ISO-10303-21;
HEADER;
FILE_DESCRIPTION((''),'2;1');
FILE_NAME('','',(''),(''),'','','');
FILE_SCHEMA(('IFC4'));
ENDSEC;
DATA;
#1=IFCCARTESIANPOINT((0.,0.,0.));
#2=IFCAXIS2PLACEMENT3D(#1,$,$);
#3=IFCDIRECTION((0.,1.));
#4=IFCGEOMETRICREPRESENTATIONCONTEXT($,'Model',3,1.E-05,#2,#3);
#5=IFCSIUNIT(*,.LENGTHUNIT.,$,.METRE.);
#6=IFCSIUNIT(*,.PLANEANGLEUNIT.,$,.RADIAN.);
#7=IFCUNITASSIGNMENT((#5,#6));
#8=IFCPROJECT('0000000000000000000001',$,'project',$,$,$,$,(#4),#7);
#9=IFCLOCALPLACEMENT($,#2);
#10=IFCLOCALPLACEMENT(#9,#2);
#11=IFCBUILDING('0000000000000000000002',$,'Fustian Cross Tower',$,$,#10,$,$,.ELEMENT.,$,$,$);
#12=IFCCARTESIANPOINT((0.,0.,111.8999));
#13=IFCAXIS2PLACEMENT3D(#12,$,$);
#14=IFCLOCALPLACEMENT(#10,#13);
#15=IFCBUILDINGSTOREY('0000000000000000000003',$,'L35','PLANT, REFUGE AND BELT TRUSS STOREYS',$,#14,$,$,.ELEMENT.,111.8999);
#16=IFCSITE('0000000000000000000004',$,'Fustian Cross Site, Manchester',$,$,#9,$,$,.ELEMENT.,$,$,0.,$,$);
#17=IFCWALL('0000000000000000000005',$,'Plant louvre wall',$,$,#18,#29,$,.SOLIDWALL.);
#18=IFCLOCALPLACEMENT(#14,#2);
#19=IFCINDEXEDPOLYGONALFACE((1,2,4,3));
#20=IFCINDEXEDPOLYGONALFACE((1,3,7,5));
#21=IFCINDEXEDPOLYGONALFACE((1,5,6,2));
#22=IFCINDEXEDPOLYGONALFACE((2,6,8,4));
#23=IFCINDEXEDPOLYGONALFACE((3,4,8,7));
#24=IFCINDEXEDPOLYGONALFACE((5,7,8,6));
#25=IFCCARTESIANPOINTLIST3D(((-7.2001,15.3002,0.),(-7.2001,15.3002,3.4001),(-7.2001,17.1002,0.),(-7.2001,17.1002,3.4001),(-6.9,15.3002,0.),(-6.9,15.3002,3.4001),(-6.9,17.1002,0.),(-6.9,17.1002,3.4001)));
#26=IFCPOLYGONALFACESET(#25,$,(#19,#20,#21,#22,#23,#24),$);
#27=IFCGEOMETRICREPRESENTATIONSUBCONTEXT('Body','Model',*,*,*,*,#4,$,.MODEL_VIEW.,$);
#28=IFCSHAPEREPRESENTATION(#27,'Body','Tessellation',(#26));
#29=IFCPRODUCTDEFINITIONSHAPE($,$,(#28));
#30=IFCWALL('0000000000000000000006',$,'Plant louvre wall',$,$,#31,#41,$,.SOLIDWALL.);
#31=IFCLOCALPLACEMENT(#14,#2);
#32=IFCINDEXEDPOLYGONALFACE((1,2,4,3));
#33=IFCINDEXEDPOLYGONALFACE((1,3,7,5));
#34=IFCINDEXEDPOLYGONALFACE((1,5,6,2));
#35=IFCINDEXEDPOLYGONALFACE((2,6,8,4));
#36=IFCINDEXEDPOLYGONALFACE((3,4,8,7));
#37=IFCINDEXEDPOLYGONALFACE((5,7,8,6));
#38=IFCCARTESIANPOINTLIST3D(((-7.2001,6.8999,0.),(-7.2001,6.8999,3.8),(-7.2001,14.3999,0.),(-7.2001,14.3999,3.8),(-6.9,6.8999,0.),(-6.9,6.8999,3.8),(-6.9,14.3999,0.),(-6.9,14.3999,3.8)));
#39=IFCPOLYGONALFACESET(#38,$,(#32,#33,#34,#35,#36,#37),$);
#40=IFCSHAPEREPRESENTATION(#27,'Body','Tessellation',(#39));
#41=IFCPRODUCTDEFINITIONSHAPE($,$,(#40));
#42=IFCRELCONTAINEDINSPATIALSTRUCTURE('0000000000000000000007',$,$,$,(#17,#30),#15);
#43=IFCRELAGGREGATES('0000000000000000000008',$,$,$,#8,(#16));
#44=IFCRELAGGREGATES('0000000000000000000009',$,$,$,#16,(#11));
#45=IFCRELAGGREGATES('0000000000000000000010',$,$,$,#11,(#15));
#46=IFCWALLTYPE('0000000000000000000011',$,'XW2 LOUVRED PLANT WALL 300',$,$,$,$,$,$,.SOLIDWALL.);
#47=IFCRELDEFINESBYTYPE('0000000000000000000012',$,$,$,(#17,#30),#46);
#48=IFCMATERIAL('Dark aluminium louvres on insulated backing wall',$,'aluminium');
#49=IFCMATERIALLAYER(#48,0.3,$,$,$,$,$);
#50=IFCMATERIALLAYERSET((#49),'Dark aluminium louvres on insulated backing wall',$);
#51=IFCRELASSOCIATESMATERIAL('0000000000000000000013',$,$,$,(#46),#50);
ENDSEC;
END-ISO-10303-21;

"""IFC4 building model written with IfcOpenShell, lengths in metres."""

from ifc_helpers import new_model, si_unit, direction, frame, frame_2d, origin, place, context, subcontext, project, spatial, rectangle, extrude, material, layer, layer_set, type_object, element, save


model = new_model("IFC4")

# Units and contexts
model_context = context("Model", 3, precision=1e-05, world=origin(), true_north=direction((0.0, 1.0)))
body_context = subcontext(model_context, "Body", "Model", "MODEL_VIEW")
ifc_project = project(units=[si_unit("LENGTHUNIT", "METRE"), si_unit("PLANEANGLEUNIT", "RADIAN")], contexts=[model_context])

# Site, building, storey
site_placement = place(None, origin())
site = spatial("IfcSite", under=ifc_project, at=site_placement, Name="Fustian Cross Site, Manchester", CompositionType="ELEMENT", RefElevation=0.0)
building_placement = place(site_placement, origin())
building = spatial("IfcBuilding", under=site, at=building_placement, Name="Fustian Cross Tower", CompositionType="ELEMENT")
storey_placement = place(building_placement, frame((0.0, 0.0, 111.8999)))
storey = spatial("IfcBuildingStorey", under=building, at=storey_placement, Name="L35", Description="PLANT, REFUGE AND BELT TRUSS STOREYS", CompositionType="ELEMENT", Elevation=111.8999)

# Walls
ifc_material_1 = material(Name="Dark aluminium louvres on insulated backing wall", Category="aluminium")
ifc_layer_1 = layer(ifc_material_1, 0.3)
ifc_layer_set_1 = layer_set([ifc_layer_1], Name="Dark aluminium louvres on insulated backing wall")
wall_type_1 = type_object("IfcWallType", Name="XW2 LOUVRED PLANT WALL 300", PredefinedType="SOLIDWALL", material=ifc_layer_set_1)
wall_1_placement = place(storey_placement, frame((-7.05, 17.1001, 0.0), z_axis=(0.0, 0.0, 1.0), x_axis=(0.0, -1.0, 0.0)))
element("IfcWall", 1, at=wall_1_placement, inside=storey, type_object=wall_type_1, Name="Plant louvre wall", PredefinedType="SOLIDWALL", context=body_context, shape_type="SweptSolid", body=[
    extrude(rectangle(XDim=1.8, YDim=0.3, at=frame_2d((0.8999, 0.0))), origin(), (0.0, 0.0, 1.0), 3.4001),
])
wall_2_placement = place(storey_placement, frame((-7.05, 14.3999, 0.0), z_axis=(0.0, 0.0, 1.0), x_axis=(0.0, -1.0, 0.0)))
element("IfcWall", 2, at=wall_2_placement, inside=storey, type_object=wall_type_1, Name="Plant louvre wall", PredefinedType="SOLIDWALL", context=body_context, shape_type="SweptSolid", body=[
    extrude(rectangle(XDim=7.5, YDim=0.3, at=frame_2d((3.75, 0.0))), origin(), (0.0, 0.0, 1.0), 3.8),
])

save(model, "model.ifc")
